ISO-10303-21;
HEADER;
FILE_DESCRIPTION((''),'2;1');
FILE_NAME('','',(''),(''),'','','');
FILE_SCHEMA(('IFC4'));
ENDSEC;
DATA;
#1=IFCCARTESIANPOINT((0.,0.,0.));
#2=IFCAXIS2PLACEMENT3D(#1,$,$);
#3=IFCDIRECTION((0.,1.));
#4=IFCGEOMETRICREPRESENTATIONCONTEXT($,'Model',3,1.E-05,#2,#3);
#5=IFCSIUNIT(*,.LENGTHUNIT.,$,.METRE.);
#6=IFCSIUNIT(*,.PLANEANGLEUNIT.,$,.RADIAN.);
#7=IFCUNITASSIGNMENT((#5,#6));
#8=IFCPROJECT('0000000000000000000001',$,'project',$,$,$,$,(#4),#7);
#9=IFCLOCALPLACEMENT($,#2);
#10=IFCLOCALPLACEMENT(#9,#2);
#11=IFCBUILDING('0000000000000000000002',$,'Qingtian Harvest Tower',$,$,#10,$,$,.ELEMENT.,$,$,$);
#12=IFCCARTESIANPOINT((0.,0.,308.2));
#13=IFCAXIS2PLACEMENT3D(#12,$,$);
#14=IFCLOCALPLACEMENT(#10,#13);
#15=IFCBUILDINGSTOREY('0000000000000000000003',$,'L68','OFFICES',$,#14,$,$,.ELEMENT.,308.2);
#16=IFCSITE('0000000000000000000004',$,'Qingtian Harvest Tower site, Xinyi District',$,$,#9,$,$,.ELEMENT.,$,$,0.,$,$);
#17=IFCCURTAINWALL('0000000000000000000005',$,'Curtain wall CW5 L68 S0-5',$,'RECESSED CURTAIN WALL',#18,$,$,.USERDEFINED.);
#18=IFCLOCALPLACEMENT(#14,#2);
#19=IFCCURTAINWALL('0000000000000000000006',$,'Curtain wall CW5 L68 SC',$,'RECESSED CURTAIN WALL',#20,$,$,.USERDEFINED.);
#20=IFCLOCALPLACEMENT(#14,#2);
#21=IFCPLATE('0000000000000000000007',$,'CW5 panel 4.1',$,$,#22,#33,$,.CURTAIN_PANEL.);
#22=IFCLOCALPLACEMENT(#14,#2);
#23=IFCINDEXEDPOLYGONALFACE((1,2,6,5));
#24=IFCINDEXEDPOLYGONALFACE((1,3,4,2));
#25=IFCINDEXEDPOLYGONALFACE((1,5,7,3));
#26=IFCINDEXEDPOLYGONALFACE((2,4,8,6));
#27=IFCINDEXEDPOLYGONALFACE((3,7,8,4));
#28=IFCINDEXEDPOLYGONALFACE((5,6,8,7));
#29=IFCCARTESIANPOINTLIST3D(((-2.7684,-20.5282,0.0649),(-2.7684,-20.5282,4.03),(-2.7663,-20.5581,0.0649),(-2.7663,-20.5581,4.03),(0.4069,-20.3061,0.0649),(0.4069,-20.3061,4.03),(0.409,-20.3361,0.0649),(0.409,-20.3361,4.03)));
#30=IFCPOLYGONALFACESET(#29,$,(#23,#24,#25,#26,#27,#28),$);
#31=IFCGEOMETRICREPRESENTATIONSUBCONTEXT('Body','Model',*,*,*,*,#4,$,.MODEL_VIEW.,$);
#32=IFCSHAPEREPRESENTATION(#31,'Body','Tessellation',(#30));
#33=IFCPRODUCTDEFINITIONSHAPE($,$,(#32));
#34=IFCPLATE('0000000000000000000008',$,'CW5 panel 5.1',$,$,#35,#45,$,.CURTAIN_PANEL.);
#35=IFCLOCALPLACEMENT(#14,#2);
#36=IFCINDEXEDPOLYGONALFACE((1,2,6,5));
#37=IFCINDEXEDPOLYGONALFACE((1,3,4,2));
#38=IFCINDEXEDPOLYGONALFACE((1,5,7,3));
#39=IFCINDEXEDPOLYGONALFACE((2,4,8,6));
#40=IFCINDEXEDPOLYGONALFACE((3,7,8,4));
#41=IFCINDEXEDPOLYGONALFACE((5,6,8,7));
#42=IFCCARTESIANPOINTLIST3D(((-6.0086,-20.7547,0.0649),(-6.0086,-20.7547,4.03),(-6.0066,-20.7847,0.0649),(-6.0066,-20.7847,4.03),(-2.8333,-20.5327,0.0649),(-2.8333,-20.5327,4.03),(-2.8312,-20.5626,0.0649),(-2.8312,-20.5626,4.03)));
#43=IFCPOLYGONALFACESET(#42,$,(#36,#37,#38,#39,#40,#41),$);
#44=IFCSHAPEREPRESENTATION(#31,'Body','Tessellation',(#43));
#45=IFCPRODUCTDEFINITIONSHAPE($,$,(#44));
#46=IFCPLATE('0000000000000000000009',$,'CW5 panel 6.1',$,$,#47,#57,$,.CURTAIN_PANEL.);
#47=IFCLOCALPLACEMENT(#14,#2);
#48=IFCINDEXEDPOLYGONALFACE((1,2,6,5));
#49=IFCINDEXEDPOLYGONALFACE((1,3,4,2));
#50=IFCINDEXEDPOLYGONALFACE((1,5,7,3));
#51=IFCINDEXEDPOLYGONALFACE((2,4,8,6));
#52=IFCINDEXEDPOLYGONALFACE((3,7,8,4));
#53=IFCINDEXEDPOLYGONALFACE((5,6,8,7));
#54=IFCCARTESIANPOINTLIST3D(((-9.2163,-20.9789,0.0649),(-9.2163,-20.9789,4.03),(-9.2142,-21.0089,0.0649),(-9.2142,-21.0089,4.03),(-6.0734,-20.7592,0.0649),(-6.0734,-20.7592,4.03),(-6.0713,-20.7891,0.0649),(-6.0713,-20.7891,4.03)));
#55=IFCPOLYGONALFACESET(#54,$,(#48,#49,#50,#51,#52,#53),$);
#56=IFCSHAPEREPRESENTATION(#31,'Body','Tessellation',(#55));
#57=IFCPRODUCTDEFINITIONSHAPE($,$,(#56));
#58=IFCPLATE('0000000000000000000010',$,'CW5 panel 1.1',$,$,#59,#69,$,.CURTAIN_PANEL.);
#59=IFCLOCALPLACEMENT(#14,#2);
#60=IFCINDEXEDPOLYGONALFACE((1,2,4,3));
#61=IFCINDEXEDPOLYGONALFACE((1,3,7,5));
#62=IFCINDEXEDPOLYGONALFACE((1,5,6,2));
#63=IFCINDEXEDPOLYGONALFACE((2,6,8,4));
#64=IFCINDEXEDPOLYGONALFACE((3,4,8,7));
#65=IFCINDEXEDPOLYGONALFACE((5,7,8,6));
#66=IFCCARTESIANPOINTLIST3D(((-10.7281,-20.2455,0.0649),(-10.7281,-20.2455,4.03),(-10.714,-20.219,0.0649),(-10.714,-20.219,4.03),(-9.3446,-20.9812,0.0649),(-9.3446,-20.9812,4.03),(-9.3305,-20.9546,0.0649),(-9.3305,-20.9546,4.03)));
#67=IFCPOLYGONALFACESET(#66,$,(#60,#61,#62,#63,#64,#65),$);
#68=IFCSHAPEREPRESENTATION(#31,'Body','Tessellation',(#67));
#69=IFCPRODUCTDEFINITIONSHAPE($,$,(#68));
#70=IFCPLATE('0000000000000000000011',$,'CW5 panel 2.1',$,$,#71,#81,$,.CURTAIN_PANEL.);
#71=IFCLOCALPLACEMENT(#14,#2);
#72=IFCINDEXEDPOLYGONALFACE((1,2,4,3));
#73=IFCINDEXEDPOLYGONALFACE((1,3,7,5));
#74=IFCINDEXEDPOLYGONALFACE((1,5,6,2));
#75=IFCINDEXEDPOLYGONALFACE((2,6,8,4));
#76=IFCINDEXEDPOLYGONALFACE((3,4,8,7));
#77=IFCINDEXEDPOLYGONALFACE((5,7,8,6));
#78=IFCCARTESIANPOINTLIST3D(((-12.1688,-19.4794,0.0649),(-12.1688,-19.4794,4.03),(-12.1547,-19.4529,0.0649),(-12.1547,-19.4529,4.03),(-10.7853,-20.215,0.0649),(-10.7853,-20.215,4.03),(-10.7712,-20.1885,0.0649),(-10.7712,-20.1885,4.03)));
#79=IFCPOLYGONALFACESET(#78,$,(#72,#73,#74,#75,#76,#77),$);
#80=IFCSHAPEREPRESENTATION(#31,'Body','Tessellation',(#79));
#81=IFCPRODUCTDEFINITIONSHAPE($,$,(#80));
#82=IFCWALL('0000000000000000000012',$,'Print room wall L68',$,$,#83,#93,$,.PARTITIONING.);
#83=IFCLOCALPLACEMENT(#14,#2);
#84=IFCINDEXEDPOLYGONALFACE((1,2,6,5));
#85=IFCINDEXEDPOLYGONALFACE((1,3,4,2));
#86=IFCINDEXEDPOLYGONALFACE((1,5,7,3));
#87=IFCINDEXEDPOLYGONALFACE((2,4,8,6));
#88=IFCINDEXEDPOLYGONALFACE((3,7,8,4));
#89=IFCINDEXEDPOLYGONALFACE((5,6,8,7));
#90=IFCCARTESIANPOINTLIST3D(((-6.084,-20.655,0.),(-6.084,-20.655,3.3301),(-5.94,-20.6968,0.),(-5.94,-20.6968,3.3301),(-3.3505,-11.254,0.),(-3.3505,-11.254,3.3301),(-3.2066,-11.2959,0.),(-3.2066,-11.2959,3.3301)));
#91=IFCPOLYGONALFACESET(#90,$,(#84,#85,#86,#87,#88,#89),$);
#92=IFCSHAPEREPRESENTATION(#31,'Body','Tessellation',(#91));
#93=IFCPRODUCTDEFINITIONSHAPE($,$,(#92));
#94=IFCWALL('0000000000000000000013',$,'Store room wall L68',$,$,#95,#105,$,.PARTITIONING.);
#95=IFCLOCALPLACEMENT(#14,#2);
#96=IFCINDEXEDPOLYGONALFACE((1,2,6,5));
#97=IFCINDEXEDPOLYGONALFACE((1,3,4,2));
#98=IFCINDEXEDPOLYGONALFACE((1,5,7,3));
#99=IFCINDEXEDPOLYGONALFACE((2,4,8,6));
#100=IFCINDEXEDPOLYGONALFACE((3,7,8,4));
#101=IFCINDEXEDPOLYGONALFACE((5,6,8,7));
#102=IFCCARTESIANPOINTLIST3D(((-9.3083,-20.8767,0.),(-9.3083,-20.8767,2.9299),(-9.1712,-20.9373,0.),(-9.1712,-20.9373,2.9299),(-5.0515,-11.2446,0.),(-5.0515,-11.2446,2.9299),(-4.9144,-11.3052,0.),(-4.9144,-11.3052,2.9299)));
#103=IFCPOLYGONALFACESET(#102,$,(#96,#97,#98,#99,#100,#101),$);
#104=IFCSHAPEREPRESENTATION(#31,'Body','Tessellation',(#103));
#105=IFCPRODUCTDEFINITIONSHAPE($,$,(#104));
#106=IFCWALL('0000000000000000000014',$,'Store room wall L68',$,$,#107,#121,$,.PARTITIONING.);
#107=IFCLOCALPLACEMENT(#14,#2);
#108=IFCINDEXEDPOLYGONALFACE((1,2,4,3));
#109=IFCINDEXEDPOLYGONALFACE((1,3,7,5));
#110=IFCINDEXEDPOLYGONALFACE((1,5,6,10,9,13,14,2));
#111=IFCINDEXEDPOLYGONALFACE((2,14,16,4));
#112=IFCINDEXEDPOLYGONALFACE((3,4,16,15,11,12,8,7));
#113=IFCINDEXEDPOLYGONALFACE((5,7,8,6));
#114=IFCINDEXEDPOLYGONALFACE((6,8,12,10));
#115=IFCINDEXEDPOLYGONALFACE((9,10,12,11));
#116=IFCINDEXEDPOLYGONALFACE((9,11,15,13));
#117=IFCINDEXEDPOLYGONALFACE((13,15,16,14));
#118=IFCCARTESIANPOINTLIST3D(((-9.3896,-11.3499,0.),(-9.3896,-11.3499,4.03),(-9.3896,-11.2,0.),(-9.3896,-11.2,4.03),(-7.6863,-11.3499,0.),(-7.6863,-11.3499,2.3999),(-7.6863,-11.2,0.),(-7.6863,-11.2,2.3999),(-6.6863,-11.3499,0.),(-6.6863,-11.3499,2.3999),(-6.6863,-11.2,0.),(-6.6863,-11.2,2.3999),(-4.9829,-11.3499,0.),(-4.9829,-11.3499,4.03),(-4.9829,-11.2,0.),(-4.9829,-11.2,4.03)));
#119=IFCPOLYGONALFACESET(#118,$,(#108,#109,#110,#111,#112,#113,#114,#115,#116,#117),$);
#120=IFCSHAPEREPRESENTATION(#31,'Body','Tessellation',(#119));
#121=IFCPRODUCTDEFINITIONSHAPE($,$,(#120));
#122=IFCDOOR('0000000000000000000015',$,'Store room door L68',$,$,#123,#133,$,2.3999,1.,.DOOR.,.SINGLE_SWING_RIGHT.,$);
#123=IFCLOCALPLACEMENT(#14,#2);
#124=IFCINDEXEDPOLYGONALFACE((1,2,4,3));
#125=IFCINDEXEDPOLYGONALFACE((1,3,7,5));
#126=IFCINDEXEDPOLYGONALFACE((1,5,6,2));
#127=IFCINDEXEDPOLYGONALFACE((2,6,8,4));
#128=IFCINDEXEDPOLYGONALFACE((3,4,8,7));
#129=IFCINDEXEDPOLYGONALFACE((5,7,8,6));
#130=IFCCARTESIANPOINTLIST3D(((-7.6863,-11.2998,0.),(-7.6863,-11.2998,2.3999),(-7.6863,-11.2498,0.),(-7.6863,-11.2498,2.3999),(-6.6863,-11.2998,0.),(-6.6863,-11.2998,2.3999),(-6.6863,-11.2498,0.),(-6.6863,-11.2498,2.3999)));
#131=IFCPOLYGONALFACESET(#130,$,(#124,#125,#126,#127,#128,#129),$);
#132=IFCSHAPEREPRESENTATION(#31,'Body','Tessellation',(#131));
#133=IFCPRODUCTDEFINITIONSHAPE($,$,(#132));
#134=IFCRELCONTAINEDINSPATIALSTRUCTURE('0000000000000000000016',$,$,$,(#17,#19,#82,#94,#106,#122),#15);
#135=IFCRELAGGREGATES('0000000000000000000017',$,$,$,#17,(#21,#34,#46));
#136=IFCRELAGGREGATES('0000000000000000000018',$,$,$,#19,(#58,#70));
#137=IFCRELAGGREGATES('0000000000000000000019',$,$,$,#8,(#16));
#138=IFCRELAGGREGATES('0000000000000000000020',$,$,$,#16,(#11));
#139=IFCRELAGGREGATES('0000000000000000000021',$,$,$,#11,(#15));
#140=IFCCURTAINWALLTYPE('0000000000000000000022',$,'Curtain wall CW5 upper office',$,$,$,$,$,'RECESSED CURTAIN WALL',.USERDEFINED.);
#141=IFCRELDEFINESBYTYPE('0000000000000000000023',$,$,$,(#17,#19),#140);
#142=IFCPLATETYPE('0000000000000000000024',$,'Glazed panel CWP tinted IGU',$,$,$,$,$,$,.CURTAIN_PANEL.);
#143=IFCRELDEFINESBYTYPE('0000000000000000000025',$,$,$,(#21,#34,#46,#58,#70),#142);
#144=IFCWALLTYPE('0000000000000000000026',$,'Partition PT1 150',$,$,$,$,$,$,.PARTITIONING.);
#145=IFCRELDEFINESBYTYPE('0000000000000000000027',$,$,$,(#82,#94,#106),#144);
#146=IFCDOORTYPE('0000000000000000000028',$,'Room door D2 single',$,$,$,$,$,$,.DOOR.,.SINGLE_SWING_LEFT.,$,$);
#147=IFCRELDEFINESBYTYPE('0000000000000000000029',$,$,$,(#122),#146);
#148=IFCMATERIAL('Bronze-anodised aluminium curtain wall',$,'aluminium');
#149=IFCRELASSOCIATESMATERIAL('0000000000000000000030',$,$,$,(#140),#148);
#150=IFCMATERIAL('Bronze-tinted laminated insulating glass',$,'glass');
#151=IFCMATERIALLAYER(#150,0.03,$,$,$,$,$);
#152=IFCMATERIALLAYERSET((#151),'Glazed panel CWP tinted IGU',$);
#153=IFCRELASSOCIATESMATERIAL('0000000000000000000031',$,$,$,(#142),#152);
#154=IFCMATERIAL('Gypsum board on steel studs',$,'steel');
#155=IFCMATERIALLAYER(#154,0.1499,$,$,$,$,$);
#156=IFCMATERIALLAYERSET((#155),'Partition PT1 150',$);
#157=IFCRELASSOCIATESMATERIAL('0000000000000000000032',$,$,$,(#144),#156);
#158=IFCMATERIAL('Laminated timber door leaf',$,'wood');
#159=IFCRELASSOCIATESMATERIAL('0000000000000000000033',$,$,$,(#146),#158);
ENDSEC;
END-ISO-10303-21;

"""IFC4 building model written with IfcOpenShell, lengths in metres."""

from ifc_helpers import new_model, si_unit, direction, frame, frame_2d, origin, origin_2d, place, context, subcontext, project, spatial, rectangle, extrude, material, layer, layer_set, type_object, element, fill, aggregate, save


model = new_model("IFC4")

# Units and contexts
model_context = context("Model", 3, precision=1e-05, world=origin(), true_north=direction((0.0, 1.0)))
body_context = subcontext(model_context, "Body", "Model", "MODEL_VIEW")
ifc_project = project(units=[si_unit("LENGTHUNIT", "METRE"), si_unit("PLANEANGLEUNIT", "RADIAN")], contexts=[model_context])

# Site, building, storey
site_placement = place(None, origin())
site = spatial("IfcSite", under=ifc_project, at=site_placement, Name="Qingtian Harvest Tower site, Xinyi District", CompositionType="ELEMENT", RefElevation=0.0)
building_placement = place(site_placement, origin())
building = spatial("IfcBuilding", under=site, at=building_placement, Name="Qingtian Harvest Tower", CompositionType="ELEMENT")
storey_placement = place(building_placement, frame((0.0, 0.0, 308.2)))
storey = spatial("IfcBuildingStorey", under=building, at=storey_placement, Name="L68", Description="OFFICES", CompositionType="ELEMENT", Elevation=308.2)

# Curtain walls
ifc_material_1 = material(Name="Bronze-anodised aluminium curtain wall", Category="aluminium")
curtain_wall_type = type_object("IfcCurtainWallType", Name="Curtain wall CW5 upper office", ElementType="RECESSED CURTAIN WALL", PredefinedType="USERDEFINED", material=ifc_material_1)
curtain_wall_1_placement = place(storey_placement, origin())
curtain_wall_1 = element("IfcCurtainWall", 1, at=curtain_wall_1_placement, inside=storey, type_object=curtain_wall_type, Name="Curtain wall CW5 L68 S0-5", ObjectType="RECESSED CURTAIN WALL", PredefinedType="USERDEFINED")
curtain_wall_2_placement = place(storey_placement, origin())
curtain_wall_2 = element("IfcCurtainWall", 2, at=curtain_wall_2_placement, inside=storey, type_object=curtain_wall_type, Name="Curtain wall CW5 L68 SC", ObjectType="RECESSED CURTAIN WALL", PredefinedType="USERDEFINED")

# Plates
ifc_material_2 = material(Name="Bronze-tinted laminated insulating glass", Category="glass")
ifc_layer_1 = layer(ifc_material_2, 0.03)
ifc_layer_set_1 = layer_set([ifc_layer_1], Name="Glazed panel CWP tinted IGU")
plate_type = type_object("IfcPlateType", Name="Glazed panel CWP tinted IGU", PredefinedType="CURTAIN_PANEL", material=ifc_layer_set_1)
plate_1_placement = place(storey_placement, frame((-1.1797, -20.4321, 0.0649), z_axis=(0.0, 0.0, 1.0), x_axis=(-0.997564, -0.069756, 0.0)))
plate_1 = element("IfcPlate", 3, at=plate_1_placement, type_object=plate_type, Name="CW5 panel 4.1", PredefinedType="CURTAIN_PANEL", context=body_context, shape_type="SweptSolid", body=[
    extrude(rectangle(XDim=3.1831, YDim=0.03, at=origin_2d()), origin(), (0.0, 0.0, 1.0), 3.9651),
])
plate_2_placement = place(storey_placement, frame((-4.4199, -20.6587, 0.0649), z_axis=(0.0, 0.0, 1.0), x_axis=(-0.997564, -0.069756, 0.0)))
plate_2 = element("IfcPlate", 4, at=plate_2_placement, type_object=plate_type, Name="CW5 panel 5.1", PredefinedType="CURTAIN_PANEL", context=body_context, shape_type="SweptSolid", body=[
    extrude(rectangle(XDim=3.1831, YDim=0.03, at=origin_2d()), origin(), (0.0, 0.0, 1.0), 3.9651),
])
plate_3_placement = place(storey_placement, frame((-7.6438, -20.884, 0.0649), z_axis=(0.0, 0.0, 1.0), x_axis=(-0.997564, -0.069756, 0.0)))
plate_3 = element("IfcPlate", 5, at=plate_3_placement, type_object=plate_type, Name="CW5 panel 6.1", PredefinedType="CURTAIN_PANEL", context=body_context, shape_type="SweptSolid", body=[
    extrude(rectangle(XDim=3.1506, YDim=0.03, at=origin_2d()), origin(), (0.0, 0.0, 1.0), 3.9651),
])
aggregate(curtain_wall_1, [plate_1, plate_2, plate_3])
plate_4_placement = place(storey_placement, frame((-10.0293, -20.6001, 0.0649), z_axis=(0.0, 0.0, 1.0), x_axis=(-0.882948, 0.469472, 0.0)))
plate_4 = element("IfcPlate", 6, at=plate_4_placement, type_object=plate_type, Name="CW5 panel 1.1", PredefinedType="CURTAIN_PANEL", context=body_context, shape_type="SweptSolid", body=[
    extrude(rectangle(XDim=1.5669, YDim=0.03, at=origin_2d()), origin(), (0.0, 0.0, 1.0), 3.9651),
])
plate_5_placement = place(storey_placement, frame((-11.47, -19.834, 0.0649), z_axis=(0.0, 0.0, 1.0), x_axis=(-0.882948, 0.469472, 0.0)))
plate_5 = element("IfcPlate", 7, at=plate_5_placement, type_object=plate_type, Name="CW5 panel 2.1", PredefinedType="CURTAIN_PANEL", context=body_context, shape_type="SweptSolid", body=[
    extrude(rectangle(XDim=1.5669, YDim=0.03, at=origin_2d()), origin(), (0.0, 0.0, 1.0), 3.9651),
])
aggregate(curtain_wall_2, [plate_4, plate_5])

# Walls
ifc_material_3 = material(Name="Gypsum board on steel studs", Category="steel")
ifc_layer_2 = layer(ifc_material_3, 0.1499)
ifc_layer_set_2 = layer_set([ifc_layer_2], Name="Partition PT1 150")
wall_type = type_object("IfcWallType", Name="Partition PT1 150", PredefinedType="PARTITIONING", material=ifc_layer_set_2)
wall_1_placement = place(storey_placement, frame((-6.012, -20.6758, 0.0), z_axis=(0.0, 0.0, 1.0), x_axis=(0.279197, 0.960234, 0.0)))
element("IfcWall", 8, at=wall_1_placement, inside=storey, type_object=wall_type, Name="Print room wall L68", PredefinedType="PARTITIONING", context=body_context, shape_type="SweptSolid", body=[
    extrude(rectangle(XDim=9.7903, YDim=0.1499, at=frame_2d((4.895, 0.0))), origin(), (0.0, 0.0, 1.0), 3.3301),
])
wall_2_placement = place(storey_placement, frame((-9.2397, -20.907, 0.0), z_axis=(0.0, 0.0, 1.0), x_axis=(0.404227, 0.914658, 0.0)))
element("IfcWall", 9, at=wall_2_placement, inside=storey, type_object=wall_type, Name="Store room wall L68", PredefinedType="PARTITIONING", context=body_context, shape_type="SweptSolid", body=[
    extrude(rectangle(XDim=10.5308, YDim=0.1499, at=frame_2d((5.2654, 0.0))), origin(), (0.0, 0.0, 1.0), 2.9299),
])

# Wall, opening, door
wall_3_placement = place(storey_placement, frame((-4.9829, -11.2749, 0.0), z_axis=(0.0, 0.0, 1.0), x_axis=(-1.0, 0.0, 0.0)))
wall_3 = element("IfcWall", 10, at=wall_3_placement, inside=storey, type_object=wall_type, Name="Store room wall L68", PredefinedType="PARTITIONING", context=body_context, shape_type="SweptSolid", body=[
    extrude(rectangle(XDim=4.4067, YDim=0.1499, at=frame_2d((2.2034, 0.0))), origin(), (0.0, 0.0, 1.0), 4.03),
])
opening_1_placement = place(wall_3_placement, frame((1.7034, 0.0, 0.0)))
opening_1 = element("IfcOpeningElement", 11, at=opening_1_placement, cuts=wall_3, PredefinedType="OPENING", context=body_context, shape_type="SweptSolid", body=[
    extrude(rectangle(XDim=1.0, YDim=2.3999, at=frame_2d((0.5, 1.2))), frame((0.0, 0.085, 0.0), z_axis=(0.0, -1.0, 0.0), x_axis=(1.0, 0.0, 0.0)), (0.0, 0.0, 1.0), 0.1699),
])
ifc_material_4 = material(Name="Laminated timber door leaf", Category="wood")
door_type_1 = type_object("IfcDoorType", Name="Room door D2 single", OperationType="SINGLE_SWING_LEFT", PredefinedType="DOOR", material=ifc_material_4)
door_1_placement = place(opening_1_placement, origin())
door_1 = element("IfcDoor", 12, at=door_1_placement, inside=storey, type_object=door_type_1, Name="Store room door L68", OperationType="SINGLE_SWING_RIGHT", OverallHeight=2.3999, OverallWidth=1.0, PredefinedType="DOOR", context=body_context, shape_type="SweptSolid", body=[
    extrude(rectangle(XDim=1.0, YDim=2.3999, at=frame_2d((0.5, 1.2))), frame((0.0, 0.0249, 0.0), z_axis=(0.0, -1.0, 0.0), x_axis=(1.0, 0.0, 0.0)), (0.0, 0.0, 1.0), 0.05),
])
fill(opening_1, door_1)

save(model, "model.ifc")
